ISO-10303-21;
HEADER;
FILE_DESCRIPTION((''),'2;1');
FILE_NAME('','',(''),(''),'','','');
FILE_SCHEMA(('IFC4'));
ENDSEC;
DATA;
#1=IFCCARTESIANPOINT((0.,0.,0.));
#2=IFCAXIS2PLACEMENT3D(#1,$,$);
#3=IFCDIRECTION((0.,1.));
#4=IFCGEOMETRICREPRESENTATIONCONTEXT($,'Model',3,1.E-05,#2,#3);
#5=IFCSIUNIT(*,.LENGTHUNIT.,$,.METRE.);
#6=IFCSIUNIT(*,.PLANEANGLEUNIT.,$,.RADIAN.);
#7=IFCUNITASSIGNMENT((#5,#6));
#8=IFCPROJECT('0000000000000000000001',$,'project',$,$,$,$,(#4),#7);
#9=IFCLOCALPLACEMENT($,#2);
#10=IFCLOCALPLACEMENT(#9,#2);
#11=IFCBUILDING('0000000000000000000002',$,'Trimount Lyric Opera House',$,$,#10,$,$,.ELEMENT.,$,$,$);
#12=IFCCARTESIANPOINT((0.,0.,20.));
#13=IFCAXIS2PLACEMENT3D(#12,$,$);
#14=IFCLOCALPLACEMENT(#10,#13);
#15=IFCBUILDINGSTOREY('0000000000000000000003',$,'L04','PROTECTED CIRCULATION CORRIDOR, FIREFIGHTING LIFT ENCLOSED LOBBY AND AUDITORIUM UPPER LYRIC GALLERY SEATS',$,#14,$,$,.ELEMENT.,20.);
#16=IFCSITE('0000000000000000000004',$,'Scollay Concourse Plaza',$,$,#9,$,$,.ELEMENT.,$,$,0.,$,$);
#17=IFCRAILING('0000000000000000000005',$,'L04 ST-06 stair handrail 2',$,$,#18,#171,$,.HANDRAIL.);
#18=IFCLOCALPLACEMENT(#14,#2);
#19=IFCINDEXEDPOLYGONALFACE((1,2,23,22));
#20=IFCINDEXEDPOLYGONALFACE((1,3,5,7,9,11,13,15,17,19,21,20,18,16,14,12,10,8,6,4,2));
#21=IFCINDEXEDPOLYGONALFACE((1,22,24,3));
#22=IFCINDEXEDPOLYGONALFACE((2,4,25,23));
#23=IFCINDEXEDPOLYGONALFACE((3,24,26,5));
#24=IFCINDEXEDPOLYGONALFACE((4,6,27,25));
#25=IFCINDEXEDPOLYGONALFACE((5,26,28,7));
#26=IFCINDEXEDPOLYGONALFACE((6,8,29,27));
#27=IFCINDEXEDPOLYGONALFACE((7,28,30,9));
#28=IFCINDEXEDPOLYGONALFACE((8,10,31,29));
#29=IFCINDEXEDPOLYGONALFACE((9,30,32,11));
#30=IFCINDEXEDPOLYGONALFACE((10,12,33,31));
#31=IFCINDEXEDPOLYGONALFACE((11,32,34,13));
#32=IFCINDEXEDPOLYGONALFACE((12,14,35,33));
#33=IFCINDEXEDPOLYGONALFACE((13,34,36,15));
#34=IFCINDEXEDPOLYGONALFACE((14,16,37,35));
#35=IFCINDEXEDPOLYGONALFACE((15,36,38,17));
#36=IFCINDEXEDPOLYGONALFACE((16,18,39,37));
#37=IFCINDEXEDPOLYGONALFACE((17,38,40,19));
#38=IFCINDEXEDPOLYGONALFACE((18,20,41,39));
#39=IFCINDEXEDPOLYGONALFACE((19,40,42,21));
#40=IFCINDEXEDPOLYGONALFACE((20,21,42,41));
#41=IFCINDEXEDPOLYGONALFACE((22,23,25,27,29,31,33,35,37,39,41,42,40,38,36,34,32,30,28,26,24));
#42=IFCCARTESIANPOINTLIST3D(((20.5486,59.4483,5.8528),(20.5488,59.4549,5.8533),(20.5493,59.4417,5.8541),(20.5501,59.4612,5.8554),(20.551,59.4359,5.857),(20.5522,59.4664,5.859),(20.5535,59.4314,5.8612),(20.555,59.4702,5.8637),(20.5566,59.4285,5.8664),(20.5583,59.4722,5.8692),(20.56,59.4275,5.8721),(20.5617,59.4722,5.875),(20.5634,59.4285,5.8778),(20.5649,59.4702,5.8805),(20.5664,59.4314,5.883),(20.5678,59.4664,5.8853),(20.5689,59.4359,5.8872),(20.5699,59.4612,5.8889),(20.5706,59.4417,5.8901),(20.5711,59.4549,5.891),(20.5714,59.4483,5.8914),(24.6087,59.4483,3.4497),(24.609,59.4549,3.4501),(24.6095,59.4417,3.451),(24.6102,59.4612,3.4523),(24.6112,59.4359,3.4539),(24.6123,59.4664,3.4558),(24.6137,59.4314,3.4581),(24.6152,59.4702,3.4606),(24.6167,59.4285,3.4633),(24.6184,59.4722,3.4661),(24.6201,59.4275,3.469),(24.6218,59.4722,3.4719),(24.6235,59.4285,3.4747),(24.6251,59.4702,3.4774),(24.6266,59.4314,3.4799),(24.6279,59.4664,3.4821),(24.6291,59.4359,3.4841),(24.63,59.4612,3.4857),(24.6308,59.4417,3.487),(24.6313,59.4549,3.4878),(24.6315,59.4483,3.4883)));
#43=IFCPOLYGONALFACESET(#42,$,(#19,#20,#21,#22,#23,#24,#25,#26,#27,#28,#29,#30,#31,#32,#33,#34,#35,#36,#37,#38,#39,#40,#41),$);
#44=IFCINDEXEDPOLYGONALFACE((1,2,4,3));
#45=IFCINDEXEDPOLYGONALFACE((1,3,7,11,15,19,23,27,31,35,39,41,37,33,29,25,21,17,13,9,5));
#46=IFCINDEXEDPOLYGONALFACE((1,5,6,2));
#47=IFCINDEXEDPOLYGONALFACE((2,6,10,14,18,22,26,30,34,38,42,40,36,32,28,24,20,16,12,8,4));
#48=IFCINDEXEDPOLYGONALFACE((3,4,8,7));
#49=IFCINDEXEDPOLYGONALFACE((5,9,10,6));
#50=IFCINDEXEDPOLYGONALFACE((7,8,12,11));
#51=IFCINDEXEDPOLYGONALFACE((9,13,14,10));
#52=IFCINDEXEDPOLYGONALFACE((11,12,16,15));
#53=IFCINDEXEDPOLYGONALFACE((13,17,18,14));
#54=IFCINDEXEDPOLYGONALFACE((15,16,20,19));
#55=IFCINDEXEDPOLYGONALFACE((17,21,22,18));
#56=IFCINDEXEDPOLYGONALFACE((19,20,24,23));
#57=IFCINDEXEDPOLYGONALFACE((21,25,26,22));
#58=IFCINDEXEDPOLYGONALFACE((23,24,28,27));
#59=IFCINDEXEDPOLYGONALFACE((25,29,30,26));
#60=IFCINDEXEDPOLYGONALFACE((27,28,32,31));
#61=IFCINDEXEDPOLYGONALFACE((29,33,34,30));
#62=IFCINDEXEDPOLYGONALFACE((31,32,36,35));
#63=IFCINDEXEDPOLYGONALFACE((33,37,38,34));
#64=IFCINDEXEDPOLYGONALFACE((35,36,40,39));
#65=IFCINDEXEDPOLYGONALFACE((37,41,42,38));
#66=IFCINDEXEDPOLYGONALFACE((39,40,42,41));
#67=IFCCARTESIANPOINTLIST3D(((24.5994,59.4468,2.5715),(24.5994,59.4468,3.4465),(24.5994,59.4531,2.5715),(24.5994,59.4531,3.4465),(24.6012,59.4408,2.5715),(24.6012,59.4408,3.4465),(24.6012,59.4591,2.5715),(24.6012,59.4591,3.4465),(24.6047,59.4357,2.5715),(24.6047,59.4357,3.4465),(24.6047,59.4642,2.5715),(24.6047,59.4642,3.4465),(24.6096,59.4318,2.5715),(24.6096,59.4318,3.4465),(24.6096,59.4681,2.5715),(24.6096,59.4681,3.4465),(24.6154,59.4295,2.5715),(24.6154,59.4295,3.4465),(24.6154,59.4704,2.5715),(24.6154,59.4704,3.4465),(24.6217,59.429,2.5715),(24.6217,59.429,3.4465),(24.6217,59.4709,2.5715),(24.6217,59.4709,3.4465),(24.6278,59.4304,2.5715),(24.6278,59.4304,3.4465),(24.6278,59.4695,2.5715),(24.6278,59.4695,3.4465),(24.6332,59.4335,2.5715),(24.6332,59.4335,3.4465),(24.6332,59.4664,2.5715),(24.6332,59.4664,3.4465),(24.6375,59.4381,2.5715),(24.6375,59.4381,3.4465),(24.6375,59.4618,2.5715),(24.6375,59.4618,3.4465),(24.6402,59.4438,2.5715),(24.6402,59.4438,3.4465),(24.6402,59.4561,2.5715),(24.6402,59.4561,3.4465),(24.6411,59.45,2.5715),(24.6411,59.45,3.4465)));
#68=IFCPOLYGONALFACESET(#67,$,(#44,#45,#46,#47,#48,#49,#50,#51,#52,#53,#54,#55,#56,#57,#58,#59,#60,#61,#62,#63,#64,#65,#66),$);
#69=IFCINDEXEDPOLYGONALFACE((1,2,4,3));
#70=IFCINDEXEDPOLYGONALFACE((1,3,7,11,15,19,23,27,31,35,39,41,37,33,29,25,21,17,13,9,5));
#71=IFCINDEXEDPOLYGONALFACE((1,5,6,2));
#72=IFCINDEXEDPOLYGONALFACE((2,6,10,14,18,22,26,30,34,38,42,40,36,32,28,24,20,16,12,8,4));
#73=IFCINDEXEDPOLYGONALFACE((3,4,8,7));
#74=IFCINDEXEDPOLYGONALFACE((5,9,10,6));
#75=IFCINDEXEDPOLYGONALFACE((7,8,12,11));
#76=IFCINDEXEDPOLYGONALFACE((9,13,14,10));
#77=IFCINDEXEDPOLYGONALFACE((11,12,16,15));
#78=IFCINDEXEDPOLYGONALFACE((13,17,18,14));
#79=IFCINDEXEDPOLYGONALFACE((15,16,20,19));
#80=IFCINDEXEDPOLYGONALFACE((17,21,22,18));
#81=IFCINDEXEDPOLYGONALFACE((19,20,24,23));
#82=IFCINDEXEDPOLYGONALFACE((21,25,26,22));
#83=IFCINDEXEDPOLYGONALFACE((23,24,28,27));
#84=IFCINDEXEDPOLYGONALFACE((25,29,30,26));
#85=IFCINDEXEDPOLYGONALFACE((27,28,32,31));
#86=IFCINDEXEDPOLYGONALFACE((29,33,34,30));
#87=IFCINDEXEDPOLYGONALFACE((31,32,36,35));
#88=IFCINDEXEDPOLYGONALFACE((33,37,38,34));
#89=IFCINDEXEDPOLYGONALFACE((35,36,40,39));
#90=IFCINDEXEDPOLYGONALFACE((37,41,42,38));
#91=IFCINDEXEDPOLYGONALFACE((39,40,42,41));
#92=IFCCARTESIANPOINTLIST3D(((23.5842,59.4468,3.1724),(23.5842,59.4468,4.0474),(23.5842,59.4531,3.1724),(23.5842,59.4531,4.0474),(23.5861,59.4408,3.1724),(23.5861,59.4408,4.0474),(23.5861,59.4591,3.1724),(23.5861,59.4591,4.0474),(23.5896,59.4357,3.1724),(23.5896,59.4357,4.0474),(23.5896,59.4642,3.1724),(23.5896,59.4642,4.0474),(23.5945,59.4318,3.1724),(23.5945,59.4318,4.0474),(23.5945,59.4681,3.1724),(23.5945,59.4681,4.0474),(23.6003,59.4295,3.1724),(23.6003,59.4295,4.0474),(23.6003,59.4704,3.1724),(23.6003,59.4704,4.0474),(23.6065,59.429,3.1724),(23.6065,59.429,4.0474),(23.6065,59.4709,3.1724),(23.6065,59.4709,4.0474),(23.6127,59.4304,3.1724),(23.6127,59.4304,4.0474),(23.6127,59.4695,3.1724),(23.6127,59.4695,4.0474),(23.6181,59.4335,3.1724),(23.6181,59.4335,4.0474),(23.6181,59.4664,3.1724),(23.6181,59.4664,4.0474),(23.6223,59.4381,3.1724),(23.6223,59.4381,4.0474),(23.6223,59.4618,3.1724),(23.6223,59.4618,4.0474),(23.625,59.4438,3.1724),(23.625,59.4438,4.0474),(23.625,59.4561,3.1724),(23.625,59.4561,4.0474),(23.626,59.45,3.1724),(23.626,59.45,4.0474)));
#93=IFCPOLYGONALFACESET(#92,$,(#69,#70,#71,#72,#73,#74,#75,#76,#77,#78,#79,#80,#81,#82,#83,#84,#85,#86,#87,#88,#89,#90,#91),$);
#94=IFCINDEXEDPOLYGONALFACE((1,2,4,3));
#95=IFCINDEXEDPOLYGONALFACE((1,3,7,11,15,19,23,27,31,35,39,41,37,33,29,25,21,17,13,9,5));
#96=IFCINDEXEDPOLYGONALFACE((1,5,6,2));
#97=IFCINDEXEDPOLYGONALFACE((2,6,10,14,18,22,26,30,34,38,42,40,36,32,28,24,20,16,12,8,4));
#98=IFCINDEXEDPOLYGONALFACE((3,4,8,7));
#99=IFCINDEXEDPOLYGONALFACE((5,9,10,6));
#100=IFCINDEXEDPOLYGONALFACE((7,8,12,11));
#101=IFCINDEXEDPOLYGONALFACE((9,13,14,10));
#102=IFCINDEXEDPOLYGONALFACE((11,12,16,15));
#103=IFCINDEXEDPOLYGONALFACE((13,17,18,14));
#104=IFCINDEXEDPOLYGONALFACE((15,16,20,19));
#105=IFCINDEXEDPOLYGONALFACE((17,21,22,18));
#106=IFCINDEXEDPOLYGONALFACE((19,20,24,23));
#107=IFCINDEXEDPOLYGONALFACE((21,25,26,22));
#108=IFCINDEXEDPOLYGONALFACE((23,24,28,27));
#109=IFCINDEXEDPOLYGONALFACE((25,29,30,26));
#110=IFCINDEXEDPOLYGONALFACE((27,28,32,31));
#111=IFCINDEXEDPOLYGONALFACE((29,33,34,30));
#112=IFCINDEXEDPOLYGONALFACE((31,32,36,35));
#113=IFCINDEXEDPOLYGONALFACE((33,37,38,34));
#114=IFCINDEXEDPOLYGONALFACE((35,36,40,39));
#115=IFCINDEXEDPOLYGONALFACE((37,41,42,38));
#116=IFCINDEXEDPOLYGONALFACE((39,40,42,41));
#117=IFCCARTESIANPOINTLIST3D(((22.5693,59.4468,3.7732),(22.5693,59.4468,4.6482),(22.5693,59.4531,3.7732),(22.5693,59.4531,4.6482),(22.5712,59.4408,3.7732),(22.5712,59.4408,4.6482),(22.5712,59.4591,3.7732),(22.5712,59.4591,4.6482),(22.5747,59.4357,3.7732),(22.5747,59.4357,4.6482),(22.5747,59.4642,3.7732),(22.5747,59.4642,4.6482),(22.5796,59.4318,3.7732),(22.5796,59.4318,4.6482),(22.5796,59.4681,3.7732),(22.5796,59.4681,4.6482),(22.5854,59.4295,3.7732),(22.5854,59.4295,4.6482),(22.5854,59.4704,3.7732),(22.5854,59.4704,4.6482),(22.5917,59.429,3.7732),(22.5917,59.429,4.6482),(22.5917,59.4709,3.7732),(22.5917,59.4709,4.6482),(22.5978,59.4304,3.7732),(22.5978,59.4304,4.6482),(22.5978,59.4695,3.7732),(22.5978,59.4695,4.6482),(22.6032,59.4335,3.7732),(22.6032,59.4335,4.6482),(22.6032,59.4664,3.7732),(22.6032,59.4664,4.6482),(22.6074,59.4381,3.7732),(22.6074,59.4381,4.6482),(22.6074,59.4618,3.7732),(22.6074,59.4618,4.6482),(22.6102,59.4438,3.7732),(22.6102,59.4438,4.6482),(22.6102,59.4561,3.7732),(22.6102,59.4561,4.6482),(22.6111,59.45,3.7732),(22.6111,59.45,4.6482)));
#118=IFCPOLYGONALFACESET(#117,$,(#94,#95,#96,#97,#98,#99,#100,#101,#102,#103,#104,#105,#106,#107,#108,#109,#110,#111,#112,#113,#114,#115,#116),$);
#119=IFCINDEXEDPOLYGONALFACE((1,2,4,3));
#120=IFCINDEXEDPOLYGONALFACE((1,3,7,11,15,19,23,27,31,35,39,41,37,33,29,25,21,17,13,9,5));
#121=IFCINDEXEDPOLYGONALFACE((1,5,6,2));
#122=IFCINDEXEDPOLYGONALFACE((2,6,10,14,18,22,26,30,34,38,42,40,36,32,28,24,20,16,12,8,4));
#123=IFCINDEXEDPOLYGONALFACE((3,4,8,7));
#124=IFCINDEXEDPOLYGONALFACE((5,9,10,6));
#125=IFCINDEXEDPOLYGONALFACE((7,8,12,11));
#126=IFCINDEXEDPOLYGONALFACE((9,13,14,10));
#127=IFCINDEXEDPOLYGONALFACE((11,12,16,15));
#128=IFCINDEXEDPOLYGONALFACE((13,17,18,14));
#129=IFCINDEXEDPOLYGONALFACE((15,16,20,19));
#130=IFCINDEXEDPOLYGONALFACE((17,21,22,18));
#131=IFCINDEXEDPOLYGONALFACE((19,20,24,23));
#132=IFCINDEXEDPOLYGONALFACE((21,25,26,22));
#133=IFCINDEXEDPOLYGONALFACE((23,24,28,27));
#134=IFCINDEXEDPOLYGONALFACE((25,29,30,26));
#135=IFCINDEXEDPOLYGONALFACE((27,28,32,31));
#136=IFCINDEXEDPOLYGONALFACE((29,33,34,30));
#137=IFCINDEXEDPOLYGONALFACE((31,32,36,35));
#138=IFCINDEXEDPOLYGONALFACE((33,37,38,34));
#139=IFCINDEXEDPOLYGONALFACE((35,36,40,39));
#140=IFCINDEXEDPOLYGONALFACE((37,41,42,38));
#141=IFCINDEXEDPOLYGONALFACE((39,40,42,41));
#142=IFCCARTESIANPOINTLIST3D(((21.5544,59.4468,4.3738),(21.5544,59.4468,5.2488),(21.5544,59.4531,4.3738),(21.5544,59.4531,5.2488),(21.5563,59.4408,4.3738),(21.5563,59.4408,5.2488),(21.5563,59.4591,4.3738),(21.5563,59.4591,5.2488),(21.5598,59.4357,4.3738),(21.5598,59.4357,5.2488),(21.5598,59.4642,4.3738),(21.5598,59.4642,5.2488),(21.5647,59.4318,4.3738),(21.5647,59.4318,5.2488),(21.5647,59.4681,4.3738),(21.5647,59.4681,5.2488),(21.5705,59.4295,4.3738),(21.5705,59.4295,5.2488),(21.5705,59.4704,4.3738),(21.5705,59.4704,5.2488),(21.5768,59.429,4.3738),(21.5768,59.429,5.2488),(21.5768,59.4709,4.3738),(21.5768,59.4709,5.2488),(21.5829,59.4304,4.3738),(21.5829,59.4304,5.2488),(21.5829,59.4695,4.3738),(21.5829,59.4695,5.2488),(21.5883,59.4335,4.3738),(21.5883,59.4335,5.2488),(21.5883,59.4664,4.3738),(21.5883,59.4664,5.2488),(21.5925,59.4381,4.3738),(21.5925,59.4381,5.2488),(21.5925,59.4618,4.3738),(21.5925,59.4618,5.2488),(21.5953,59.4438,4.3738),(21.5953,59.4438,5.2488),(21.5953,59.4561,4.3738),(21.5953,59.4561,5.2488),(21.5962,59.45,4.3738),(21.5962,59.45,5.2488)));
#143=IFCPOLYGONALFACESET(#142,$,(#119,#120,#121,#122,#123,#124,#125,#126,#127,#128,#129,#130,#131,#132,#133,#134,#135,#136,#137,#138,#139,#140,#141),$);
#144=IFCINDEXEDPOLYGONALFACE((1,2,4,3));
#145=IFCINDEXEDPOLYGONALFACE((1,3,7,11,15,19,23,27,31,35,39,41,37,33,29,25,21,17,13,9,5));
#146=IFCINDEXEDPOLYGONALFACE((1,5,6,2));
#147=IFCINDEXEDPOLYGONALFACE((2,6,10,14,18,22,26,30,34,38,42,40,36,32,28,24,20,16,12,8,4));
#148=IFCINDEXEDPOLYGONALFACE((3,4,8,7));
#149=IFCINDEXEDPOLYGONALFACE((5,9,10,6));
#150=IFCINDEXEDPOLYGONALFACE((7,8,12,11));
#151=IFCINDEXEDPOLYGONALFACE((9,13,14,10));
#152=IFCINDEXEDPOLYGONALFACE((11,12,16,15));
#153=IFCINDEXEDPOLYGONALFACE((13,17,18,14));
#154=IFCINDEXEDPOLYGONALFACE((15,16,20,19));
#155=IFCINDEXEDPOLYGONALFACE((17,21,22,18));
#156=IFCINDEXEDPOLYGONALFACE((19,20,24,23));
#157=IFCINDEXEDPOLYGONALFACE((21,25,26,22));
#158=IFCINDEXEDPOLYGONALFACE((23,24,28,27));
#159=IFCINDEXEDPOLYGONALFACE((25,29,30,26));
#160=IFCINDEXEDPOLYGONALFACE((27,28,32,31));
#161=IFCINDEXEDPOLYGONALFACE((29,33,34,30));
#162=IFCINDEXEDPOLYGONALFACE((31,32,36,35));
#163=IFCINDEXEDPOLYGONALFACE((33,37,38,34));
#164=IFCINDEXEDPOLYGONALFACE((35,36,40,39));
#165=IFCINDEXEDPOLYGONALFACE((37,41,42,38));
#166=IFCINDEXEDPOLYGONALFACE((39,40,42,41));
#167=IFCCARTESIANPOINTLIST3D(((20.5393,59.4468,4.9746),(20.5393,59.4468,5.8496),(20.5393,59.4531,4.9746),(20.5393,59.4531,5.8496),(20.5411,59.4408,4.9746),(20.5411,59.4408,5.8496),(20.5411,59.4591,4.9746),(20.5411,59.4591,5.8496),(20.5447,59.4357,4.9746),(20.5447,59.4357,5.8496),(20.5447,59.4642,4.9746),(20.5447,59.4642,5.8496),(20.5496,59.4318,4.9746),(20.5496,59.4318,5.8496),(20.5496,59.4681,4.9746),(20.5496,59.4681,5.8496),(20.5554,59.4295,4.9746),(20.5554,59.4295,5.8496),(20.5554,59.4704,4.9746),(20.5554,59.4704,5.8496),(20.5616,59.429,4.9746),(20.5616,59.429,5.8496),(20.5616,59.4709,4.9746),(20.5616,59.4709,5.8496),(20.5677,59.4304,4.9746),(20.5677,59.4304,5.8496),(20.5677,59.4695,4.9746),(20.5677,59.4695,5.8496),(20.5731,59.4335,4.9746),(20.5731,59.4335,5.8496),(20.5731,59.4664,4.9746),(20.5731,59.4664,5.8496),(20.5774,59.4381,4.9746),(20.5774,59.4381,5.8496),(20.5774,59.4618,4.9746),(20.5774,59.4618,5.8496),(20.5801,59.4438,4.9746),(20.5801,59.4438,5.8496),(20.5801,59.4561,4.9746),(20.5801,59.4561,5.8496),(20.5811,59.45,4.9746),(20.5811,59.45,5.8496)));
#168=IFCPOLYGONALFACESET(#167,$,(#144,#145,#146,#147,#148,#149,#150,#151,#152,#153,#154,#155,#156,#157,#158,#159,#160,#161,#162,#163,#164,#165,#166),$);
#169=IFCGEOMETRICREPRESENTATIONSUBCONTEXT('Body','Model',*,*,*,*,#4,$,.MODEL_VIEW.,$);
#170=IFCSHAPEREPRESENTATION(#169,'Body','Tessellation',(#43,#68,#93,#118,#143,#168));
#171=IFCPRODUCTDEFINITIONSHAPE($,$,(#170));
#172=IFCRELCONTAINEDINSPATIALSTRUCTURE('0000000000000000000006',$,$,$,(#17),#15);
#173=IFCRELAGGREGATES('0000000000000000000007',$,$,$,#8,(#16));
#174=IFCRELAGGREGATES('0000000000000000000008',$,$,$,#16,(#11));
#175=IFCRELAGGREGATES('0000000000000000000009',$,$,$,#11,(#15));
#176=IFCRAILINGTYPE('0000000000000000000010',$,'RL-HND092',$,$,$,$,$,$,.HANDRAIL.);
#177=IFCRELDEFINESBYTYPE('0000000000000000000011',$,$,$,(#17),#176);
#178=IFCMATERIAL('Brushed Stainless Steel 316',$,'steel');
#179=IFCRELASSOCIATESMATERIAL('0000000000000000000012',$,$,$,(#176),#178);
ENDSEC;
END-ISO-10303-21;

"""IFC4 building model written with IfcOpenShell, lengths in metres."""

from ifc_helpers import new_model, si_unit, direction, frame, origin, origin_2d, place, context, subcontext, project, spatial, circle, extrude, material, type_object, element, save


model = new_model("IFC4")

# Units and contexts
model_context = context("Model", 3, precision=1e-05, world=origin(), true_north=direction((0.0, 1.0)))
body_context = subcontext(model_context, "Body", "Model", "MODEL_VIEW")
ifc_project = project(units=[si_unit("LENGTHUNIT", "METRE"), si_unit("PLANEANGLEUNIT", "RADIAN")], contexts=[model_context])

# Site, building, storey
site_placement = place(None, origin())
site = spatial("IfcSite", under=ifc_project, at=site_placement, Name="Scollay Concourse Plaza", CompositionType="ELEMENT", RefElevation=0.0)
building_placement = place(site_placement, origin())
building = spatial("IfcBuilding", under=site, at=building_placement, Name="Trimount Lyric Opera House", CompositionType="ELEMENT")
storey_placement = place(building_placement, frame((0.0, 0.0, 20.0)))
storey = spatial("IfcBuildingStorey", under=building, at=storey_placement, Name="L04", Description="PROTECTED CIRCULATION CORRIDOR, FIREFIGHTING LIFT ENCLOSED LOBBY AND AUDITORIUM UPPER LYRIC GALLERY SEATS", CompositionType="ELEMENT", Elevation=20.0)

# Railing
ifc_material_1 = material(Name="Brushed Stainless Steel 316", Category="steel")
railing_type_1 = type_object("IfcRailingType", Name="RL-HND092", PredefinedType="HANDRAIL", material=ifc_material_1)
railing_1_placement = place(storey_placement, frame((24.6201, 59.45, 2.5715)))
element("IfcRailing", 1, at=railing_1_placement, inside=storey, type_object=railing_type_1, Name="L04 ST-06 stair handrail 2", PredefinedType="HANDRAIL", context=body_context, shape_type="SweptSolid", body=[
    extrude(circle(Radius=0.0225, at=origin_2d()), frame((0.0, 0.0, 0.8975), z_axis=(-0.86056, 0.0, 0.50935), x_axis=(0.0, -1.0, 0.0)), (0.0, 0.0, 1.0), 4.718),
    extrude(circle(Radius=0.021, at=origin_2d()), origin(), (0.0, 0.0, 1.0), 0.875),
    extrude(circle(Radius=0.021, at=origin_2d()), frame((-1.0151, 0.0, 0.6008)), (0.0, 0.0, 1.0), 0.875),
    extrude(circle(Radius=0.021, at=origin_2d()), frame((-2.03, 0.0, 1.2017)), (0.0, 0.0, 1.0), 0.875),
    extrude(circle(Radius=0.021, at=origin_2d()), frame((-3.0449, 0.0, 1.8022)), (0.0, 0.0, 1.0), 0.875),
    extrude(circle(Radius=0.021, at=origin_2d()), frame((-4.0601, 0.0, 2.4031)), (0.0, 0.0, 1.0), 0.875),
])

save(model, "model.ifc")
